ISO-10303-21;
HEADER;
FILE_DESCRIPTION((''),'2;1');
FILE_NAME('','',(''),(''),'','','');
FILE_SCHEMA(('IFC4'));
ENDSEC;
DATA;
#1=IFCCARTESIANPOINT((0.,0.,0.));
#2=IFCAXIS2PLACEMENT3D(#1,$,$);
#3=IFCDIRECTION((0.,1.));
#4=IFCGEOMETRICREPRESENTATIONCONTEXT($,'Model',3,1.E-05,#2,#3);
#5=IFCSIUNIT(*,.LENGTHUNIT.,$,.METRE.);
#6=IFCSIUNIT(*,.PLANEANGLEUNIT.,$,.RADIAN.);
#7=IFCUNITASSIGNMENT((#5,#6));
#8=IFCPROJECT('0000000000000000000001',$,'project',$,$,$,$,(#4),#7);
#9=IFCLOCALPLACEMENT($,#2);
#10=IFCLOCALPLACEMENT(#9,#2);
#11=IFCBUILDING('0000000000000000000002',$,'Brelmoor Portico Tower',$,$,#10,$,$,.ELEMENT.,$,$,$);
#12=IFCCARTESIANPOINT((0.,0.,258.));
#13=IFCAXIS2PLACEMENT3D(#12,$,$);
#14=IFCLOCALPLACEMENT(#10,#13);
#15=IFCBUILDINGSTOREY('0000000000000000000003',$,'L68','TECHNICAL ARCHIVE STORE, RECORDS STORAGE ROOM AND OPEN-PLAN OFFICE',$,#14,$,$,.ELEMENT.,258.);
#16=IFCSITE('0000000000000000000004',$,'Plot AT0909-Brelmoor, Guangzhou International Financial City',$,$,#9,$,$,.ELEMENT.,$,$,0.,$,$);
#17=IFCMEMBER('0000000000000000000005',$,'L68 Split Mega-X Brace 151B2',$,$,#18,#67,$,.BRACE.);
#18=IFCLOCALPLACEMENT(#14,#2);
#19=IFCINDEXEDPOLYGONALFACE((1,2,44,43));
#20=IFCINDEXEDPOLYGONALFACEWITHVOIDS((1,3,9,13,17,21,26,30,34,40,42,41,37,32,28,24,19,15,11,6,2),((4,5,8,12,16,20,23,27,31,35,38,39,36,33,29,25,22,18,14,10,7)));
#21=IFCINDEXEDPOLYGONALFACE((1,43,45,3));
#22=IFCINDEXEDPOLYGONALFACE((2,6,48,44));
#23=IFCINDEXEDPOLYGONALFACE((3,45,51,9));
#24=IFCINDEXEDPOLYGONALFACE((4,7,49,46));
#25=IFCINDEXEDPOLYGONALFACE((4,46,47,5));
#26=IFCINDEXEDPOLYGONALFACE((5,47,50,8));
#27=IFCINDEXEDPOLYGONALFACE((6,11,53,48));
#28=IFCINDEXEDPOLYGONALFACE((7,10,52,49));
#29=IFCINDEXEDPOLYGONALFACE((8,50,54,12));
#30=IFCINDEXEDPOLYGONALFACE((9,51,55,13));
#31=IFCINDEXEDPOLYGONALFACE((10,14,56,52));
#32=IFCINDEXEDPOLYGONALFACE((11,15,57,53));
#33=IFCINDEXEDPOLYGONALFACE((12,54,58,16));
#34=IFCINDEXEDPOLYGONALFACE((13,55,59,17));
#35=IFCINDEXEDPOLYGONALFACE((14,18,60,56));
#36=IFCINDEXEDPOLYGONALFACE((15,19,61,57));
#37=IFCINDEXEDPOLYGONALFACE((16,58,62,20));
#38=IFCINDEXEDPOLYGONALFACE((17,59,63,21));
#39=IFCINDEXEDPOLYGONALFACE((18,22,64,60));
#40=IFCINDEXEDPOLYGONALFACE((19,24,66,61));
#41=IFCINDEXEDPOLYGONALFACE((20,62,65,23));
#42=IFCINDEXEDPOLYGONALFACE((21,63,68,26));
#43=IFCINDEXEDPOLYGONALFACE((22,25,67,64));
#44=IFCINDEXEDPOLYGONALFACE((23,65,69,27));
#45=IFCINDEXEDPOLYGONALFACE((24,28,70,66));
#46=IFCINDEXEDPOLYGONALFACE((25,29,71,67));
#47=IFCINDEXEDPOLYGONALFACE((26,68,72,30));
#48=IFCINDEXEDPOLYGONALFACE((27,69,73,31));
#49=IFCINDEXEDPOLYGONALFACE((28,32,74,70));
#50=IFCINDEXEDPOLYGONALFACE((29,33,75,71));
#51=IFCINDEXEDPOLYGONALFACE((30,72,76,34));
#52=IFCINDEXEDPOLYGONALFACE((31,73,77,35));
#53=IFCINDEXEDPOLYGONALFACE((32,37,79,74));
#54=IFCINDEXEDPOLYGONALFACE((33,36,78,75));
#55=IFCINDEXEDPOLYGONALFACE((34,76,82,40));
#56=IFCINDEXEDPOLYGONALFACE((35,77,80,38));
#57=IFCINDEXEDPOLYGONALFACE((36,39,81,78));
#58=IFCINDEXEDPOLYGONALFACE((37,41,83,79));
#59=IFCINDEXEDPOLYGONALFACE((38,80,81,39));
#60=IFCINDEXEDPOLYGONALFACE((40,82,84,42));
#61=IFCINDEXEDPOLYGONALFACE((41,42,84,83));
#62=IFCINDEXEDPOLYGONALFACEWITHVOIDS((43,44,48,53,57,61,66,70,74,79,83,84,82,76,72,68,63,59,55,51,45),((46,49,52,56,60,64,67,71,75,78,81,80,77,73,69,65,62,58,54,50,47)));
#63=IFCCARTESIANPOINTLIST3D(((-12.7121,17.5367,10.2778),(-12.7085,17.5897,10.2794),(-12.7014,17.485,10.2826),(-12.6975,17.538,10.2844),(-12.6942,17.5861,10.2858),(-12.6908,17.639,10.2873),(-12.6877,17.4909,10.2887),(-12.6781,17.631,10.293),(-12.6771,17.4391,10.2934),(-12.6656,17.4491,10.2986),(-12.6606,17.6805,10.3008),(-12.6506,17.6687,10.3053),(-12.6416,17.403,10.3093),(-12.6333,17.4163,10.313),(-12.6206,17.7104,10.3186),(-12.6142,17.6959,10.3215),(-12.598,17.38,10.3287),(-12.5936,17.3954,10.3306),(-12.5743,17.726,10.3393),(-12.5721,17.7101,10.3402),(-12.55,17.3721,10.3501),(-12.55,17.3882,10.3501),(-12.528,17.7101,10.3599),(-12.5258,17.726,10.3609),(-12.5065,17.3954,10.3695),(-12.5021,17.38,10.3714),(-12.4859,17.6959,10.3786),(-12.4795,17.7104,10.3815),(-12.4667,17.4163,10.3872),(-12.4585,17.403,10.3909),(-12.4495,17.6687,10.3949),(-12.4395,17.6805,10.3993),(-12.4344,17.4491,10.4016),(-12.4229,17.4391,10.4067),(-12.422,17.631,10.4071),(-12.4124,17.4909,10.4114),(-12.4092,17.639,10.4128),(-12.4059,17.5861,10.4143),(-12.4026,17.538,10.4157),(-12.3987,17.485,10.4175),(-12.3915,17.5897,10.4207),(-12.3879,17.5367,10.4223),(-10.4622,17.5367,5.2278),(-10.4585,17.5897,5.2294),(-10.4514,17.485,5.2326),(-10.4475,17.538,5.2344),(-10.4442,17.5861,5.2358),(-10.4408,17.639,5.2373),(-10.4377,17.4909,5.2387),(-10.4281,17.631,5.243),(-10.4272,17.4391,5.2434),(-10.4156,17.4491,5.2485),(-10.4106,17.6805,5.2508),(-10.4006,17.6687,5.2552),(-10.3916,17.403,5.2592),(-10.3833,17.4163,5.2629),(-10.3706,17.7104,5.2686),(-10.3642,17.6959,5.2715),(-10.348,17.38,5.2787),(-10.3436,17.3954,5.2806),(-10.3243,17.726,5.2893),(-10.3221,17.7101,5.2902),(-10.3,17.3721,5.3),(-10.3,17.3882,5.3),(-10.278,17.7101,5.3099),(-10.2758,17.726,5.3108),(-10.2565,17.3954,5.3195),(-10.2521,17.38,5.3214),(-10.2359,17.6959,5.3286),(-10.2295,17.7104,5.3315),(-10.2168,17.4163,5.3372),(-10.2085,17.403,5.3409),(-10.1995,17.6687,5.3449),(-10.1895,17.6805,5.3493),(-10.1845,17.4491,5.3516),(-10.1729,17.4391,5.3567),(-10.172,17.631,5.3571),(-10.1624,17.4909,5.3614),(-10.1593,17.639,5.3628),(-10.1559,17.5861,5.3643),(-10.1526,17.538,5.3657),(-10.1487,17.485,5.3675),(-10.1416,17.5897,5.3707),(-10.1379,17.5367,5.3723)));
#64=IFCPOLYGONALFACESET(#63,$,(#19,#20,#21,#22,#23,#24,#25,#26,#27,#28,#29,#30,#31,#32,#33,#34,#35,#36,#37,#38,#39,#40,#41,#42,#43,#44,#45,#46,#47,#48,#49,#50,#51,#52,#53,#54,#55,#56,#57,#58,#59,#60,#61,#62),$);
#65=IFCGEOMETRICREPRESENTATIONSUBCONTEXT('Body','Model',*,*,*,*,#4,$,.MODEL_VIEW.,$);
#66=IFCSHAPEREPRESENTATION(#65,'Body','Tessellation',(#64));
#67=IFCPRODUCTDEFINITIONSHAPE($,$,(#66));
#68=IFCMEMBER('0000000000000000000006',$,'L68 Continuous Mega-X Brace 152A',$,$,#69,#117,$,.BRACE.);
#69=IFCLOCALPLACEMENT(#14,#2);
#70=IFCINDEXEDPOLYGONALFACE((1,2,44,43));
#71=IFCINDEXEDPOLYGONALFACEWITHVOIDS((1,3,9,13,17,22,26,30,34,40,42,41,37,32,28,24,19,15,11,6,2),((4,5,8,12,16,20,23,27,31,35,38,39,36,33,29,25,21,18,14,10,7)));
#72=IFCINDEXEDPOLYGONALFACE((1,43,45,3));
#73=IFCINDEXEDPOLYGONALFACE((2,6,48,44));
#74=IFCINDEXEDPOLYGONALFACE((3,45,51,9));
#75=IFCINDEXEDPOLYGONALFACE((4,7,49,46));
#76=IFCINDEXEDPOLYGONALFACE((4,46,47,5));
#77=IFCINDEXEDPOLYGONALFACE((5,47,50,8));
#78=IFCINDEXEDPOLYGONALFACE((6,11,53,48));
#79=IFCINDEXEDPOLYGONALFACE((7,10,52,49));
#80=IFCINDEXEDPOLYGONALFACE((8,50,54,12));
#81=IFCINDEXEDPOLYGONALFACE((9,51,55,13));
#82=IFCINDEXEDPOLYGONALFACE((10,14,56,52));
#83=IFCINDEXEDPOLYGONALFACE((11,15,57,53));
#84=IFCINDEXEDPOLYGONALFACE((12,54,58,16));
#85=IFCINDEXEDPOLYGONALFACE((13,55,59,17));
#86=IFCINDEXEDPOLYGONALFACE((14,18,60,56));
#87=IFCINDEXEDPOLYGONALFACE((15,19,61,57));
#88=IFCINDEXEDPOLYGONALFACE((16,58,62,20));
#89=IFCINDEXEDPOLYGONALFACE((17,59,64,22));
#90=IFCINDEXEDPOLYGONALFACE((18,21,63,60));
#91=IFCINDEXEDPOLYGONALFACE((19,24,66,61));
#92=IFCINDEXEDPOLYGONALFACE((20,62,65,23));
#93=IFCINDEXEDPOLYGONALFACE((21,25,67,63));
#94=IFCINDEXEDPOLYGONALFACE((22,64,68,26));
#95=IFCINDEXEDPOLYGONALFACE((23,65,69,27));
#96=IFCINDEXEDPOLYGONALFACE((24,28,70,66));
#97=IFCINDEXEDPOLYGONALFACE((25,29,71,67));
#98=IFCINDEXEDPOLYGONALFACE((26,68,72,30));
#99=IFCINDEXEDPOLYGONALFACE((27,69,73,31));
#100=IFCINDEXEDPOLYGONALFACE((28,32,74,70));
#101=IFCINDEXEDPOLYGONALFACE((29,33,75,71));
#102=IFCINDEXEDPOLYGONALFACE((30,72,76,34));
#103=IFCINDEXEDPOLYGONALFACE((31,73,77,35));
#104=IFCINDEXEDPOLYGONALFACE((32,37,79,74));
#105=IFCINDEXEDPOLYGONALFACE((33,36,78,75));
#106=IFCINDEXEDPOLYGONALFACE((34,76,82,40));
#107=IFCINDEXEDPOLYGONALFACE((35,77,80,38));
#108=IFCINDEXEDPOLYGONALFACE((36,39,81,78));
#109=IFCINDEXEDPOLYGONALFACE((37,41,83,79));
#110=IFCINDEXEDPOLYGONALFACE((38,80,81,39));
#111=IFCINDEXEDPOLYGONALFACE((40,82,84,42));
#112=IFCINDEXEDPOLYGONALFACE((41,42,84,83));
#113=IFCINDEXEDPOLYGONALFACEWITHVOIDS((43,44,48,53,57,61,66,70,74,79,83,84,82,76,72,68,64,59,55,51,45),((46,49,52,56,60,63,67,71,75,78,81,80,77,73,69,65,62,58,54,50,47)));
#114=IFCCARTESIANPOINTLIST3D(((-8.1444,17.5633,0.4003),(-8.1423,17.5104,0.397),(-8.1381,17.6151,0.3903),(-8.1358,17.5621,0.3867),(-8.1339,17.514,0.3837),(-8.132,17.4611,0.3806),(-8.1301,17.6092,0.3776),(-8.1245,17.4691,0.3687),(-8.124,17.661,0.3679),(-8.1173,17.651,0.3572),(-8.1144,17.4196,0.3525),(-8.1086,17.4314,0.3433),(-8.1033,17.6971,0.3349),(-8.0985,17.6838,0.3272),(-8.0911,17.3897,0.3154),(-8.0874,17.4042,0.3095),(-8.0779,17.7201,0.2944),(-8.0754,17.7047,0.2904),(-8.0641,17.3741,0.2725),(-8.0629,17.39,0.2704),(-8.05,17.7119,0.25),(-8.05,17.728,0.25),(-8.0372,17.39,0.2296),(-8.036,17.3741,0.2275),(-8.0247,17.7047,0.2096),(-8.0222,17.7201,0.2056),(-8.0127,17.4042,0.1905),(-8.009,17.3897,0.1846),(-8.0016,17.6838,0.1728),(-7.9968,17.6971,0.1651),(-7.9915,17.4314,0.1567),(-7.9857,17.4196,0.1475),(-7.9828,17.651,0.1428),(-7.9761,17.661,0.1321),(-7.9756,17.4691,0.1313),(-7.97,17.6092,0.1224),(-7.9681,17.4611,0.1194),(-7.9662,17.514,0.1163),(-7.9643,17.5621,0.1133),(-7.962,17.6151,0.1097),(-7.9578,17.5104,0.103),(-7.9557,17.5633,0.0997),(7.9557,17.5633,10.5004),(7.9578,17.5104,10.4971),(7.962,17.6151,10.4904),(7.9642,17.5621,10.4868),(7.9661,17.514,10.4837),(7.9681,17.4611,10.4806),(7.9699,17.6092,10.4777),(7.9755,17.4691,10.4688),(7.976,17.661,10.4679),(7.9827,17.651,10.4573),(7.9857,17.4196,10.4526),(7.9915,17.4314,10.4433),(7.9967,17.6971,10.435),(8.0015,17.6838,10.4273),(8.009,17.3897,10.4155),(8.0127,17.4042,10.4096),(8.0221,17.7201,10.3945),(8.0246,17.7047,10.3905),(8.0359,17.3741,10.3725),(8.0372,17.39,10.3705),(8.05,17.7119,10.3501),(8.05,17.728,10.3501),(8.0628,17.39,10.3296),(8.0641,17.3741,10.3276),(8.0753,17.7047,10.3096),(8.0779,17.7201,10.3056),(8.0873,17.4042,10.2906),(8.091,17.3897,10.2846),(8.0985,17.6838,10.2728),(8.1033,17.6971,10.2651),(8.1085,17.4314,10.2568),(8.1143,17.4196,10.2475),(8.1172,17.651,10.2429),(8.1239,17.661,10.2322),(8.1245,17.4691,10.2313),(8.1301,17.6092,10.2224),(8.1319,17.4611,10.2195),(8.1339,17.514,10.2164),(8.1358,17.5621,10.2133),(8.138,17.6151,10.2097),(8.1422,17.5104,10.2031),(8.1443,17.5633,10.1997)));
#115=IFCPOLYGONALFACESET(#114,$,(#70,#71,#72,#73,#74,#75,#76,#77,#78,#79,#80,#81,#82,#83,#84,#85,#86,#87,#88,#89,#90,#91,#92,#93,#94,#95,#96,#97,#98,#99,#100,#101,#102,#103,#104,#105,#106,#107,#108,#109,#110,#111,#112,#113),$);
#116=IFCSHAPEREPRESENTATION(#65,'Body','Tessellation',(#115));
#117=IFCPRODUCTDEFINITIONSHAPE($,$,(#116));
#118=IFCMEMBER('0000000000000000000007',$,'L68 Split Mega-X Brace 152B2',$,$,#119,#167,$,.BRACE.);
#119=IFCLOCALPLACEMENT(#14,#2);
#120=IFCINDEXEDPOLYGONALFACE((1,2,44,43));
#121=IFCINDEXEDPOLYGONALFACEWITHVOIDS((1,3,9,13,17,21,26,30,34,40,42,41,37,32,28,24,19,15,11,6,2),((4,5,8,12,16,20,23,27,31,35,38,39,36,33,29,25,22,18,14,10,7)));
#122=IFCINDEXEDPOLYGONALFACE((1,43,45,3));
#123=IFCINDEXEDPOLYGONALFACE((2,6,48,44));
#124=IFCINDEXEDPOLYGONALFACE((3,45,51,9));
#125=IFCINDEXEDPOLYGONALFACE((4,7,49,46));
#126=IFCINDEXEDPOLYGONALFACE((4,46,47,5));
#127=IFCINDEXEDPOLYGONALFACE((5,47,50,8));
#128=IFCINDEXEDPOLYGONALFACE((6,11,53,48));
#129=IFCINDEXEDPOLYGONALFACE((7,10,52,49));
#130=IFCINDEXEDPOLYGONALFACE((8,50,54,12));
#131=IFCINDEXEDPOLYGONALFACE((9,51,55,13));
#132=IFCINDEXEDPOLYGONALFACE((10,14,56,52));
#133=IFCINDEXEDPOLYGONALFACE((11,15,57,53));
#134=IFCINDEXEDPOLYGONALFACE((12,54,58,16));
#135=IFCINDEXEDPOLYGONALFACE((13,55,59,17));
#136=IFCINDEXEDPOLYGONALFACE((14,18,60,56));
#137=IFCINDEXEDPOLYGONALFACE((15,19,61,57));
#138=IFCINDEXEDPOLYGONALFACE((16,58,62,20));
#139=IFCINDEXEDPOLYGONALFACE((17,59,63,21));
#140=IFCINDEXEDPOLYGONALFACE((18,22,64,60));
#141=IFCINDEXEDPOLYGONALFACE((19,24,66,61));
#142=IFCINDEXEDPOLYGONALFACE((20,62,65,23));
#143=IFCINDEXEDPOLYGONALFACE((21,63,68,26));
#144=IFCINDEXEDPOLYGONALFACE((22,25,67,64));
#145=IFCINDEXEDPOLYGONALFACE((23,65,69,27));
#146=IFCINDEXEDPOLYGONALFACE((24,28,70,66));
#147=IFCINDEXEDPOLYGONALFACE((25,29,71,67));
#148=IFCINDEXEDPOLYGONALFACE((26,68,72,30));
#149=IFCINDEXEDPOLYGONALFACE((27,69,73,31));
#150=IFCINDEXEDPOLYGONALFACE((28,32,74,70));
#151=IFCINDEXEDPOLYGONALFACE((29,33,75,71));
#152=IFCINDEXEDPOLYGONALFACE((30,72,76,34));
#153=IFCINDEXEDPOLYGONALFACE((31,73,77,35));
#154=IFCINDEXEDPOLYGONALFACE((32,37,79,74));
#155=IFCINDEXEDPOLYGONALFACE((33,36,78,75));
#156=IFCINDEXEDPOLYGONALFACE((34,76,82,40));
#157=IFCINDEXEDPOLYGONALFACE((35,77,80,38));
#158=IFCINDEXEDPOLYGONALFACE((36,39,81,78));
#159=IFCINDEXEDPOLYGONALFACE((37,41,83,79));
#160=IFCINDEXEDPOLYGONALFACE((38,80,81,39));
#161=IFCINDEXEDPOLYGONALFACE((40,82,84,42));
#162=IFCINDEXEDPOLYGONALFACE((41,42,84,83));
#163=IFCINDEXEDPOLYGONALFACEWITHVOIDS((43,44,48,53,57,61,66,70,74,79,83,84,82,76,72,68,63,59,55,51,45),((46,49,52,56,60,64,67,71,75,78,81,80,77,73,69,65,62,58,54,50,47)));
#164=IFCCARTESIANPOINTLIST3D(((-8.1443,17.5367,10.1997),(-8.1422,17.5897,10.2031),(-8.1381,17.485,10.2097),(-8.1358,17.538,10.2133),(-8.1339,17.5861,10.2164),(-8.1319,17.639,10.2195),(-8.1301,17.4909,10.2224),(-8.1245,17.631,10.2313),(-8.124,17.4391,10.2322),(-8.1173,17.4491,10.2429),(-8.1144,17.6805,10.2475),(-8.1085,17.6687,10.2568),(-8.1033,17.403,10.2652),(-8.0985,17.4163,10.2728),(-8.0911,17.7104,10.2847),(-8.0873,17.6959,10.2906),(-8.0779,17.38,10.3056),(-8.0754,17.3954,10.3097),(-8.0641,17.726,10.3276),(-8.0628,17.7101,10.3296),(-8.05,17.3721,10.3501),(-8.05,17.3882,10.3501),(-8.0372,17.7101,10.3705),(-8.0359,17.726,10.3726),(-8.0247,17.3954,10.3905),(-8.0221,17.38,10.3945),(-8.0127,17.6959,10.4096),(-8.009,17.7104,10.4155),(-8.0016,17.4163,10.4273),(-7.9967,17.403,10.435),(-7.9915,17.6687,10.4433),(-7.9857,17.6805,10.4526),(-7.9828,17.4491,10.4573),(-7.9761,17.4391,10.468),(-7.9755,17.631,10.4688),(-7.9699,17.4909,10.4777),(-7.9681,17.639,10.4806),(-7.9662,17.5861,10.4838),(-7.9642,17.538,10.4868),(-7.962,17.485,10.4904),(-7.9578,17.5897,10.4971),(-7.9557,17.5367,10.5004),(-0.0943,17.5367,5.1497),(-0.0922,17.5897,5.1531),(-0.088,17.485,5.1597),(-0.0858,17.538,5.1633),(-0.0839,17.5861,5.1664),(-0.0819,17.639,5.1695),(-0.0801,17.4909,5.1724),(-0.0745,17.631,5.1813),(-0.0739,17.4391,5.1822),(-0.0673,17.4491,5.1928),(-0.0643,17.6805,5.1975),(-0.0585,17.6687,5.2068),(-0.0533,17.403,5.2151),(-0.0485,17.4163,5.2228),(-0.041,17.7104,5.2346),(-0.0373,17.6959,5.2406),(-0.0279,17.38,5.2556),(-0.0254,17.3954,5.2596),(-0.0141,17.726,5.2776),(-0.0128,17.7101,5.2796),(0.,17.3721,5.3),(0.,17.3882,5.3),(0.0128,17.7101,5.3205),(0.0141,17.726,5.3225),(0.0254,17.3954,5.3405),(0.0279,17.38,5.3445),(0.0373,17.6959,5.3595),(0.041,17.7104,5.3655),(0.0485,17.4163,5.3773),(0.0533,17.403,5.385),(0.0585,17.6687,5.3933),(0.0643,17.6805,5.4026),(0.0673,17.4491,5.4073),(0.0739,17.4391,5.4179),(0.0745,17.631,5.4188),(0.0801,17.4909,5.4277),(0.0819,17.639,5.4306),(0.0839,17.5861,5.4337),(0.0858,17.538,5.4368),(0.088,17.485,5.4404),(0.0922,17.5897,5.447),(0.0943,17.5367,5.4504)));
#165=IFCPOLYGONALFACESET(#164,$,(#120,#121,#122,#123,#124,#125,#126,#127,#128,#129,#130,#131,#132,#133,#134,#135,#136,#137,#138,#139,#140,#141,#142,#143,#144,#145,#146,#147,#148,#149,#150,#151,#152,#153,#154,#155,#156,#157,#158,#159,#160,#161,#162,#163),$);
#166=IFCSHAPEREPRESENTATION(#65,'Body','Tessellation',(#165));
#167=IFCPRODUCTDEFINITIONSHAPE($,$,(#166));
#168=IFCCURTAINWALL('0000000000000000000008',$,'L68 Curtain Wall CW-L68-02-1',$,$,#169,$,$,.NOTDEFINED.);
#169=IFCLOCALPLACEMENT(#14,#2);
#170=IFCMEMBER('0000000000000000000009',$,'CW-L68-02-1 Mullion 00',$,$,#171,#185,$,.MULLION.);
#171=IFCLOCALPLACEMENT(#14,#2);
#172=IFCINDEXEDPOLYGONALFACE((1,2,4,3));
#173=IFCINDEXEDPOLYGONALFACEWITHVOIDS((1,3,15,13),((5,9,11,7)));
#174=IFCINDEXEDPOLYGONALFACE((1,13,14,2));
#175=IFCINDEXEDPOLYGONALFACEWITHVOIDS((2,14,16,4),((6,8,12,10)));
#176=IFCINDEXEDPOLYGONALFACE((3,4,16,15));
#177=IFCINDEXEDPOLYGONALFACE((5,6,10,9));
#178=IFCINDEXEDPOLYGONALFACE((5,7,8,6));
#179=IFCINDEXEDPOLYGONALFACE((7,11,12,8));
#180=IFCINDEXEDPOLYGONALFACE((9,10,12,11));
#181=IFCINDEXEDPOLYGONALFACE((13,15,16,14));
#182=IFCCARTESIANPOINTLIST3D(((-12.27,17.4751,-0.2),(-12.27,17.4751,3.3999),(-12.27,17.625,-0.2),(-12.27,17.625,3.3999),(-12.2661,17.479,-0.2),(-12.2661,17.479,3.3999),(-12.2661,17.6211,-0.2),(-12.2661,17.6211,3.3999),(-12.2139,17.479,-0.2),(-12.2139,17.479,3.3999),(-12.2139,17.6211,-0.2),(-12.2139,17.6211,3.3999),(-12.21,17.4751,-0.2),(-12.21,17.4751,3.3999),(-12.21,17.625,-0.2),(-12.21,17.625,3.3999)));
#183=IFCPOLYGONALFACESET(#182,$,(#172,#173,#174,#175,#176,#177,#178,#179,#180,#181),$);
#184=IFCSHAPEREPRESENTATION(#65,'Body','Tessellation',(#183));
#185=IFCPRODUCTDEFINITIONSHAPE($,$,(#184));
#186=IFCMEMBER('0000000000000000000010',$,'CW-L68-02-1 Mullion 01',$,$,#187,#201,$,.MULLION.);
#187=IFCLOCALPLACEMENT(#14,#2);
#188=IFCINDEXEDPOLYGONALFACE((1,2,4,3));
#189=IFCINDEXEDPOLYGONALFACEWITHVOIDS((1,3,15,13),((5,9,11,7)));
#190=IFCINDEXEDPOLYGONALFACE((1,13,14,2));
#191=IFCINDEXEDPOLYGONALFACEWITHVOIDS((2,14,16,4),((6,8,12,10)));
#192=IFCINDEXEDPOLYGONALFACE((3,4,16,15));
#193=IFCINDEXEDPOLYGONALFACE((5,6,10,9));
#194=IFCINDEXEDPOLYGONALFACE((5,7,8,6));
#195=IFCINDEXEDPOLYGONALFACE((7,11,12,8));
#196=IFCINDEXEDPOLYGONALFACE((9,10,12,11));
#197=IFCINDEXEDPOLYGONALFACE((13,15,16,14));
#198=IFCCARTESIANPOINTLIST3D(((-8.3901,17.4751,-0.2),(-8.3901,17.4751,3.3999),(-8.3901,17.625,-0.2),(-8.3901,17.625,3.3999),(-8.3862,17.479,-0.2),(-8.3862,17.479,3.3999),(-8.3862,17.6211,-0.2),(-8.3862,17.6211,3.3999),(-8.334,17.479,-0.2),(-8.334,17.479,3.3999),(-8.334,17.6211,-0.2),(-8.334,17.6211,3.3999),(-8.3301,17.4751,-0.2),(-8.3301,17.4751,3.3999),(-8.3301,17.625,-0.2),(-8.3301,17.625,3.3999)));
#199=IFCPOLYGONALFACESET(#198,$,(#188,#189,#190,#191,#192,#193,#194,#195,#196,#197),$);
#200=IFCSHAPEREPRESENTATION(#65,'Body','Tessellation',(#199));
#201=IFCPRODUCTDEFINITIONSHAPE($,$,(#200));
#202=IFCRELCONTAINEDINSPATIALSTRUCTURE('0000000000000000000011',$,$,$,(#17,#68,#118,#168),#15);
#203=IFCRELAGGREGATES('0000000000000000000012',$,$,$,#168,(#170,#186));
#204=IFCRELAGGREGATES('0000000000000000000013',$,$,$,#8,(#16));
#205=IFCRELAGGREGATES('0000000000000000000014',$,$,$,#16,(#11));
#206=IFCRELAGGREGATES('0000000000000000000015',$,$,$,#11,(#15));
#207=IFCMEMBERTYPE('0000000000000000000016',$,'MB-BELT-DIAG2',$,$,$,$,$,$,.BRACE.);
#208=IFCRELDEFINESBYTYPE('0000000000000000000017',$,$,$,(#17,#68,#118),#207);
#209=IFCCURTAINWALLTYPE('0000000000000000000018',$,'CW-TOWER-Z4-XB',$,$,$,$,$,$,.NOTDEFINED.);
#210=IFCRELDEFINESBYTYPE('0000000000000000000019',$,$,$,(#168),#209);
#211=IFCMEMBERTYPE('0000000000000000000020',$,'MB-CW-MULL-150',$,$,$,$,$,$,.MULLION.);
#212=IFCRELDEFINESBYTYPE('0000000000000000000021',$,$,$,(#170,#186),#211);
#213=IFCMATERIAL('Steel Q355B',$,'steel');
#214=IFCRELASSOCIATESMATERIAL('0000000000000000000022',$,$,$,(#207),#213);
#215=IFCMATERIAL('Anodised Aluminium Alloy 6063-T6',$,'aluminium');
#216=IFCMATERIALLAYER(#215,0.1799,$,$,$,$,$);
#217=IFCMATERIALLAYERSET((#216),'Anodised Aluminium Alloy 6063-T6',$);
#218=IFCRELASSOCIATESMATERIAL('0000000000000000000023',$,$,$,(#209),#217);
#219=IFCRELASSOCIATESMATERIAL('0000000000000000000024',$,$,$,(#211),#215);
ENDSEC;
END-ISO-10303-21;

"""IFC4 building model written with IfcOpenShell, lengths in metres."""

from ifc_helpers import new_model, si_unit, direction, frame, origin, origin_2d, place, context, subcontext, project, spatial, hollow_rectangle, hollow_circle, extrude, material, layer, layer_set, material_profile, profile_set, type_object, element, aggregate, save


model = new_model("IFC4")

# Units and contexts
model_context = context("Model", 3, precision=1e-05, world=origin(), true_north=direction((0.0, 1.0)))
body_context = subcontext(model_context, "Body", "Model", "MODEL_VIEW")
ifc_project = project(units=[si_unit("LENGTHUNIT", "METRE"), si_unit("PLANEANGLEUNIT", "RADIAN")], contexts=[model_context])

# Site, building, storey
site_placement = place(None, origin())
site = spatial("IfcSite", under=ifc_project, at=site_placement, Name="Plot AT0909-Brelmoor, Guangzhou International Financial City", CompositionType="ELEMENT", RefElevation=0.0)
building_placement = place(site_placement, origin())
building = spatial("IfcBuilding", under=site, at=building_placement, Name="Brelmoor Portico Tower", CompositionType="ELEMENT")
storey_placement = place(building_placement, frame((0.0, 0.0, 258.0)))
storey = spatial("IfcBuildingStorey", under=building, at=storey_placement, Name="L68", Description="TECHNICAL ARCHIVE STORE, RECORDS STORAGE ROOM AND OPEN-PLAN OFFICE", CompositionType="ELEMENT", Elevation=258.0)

# Shared definitions
ifc_material_1 = material(Name="Steel Q355B", Category="steel")

# Members
ifc_material_profile_1 = material_profile(ifc_material_1, hollow_circle(Radius=0.178, WallThickness=0.0161, at=origin_2d()), Name="CHS 356x16")
ifc_profile_set_1 = profile_set([ifc_material_profile_1], Name="Steel Q355B")
member_type_1 = type_object("IfcMemberType", Name="MB-BELT-DIAG2", PredefinedType="BRACE", material=ifc_profile_set_1)
for number, where, z_axis, x_axis, name in (
    (1, (-10.3, 17.55, 5.3), (-0.406974, 0.0, 0.91344), (0.0, -1.0, 0.0), "L68 Split Mega-X Brace 151B2"),
):
    element("IfcMember", number, at=place(storey_placement, frame(where, z_axis=z_axis, x_axis=x_axis)), inside=storey, type_object=member_type_1, Name=name, PredefinedType="BRACE", context=body_context, shape_type="SweptSolid", body=[
        extrude(hollow_circle(Radius=0.178, WallThickness=0.0161, at=origin_2d()), origin(), (0.0, 0.0, 1.0), 5.5286),
    ])
member_1_placement = place(storey_placement, frame((-8.05, 17.55, 0.25), z_axis=(0.847109, 0.0, 0.531418), x_axis=(0.0, 1.0, 0.0)))
element("IfcMember", 2, at=member_1_placement, inside=storey, type_object=member_type_1, Name="L68 Continuous Mega-X Brace 152A", PredefinedType="BRACE", context=body_context, shape_type="SweptSolid", body=[
    extrude(hollow_circle(Radius=0.178, WallThickness=0.0161, at=origin_2d()), origin(), (0.0, 0.0, 1.0), 19.0059),
])
member_2_placement = place(storey_placement, frame((0.0, 17.55, 5.3), z_axis=(-0.847109, 0.0, 0.531418), x_axis=(0.0, -1.0, 0.0)))
element("IfcMember", 3, at=member_2_placement, inside=storey, type_object=member_type_1, Name="L68 Split Mega-X Brace 152B2", PredefinedType="BRACE", context=body_context, shape_type="SweptSolid", body=[
    extrude(hollow_circle(Radius=0.178, WallThickness=0.0161, at=origin_2d()), origin(), (0.0, 0.0, 1.0), 9.5029),
])

# Curtain wall, members
ifc_material_2 = material(Name="Anodised Aluminium Alloy 6063-T6", Category="aluminium")
ifc_layer_1 = layer(ifc_material_2, 0.1799)
ifc_layer_set_1 = layer_set([ifc_layer_1], Name="Anodised Aluminium Alloy 6063-T6")
curtain_wall_type = type_object("IfcCurtainWallType", Name="CW-TOWER-Z4-XB", PredefinedType="NOTDEFINED", material=ifc_layer_set_1)
curtain_wall_1_placement = place(storey_placement, origin())
curtain_wall_1 = element("IfcCurtainWall", 4, at=curtain_wall_1_placement, inside=storey, type_object=curtain_wall_type, Name="L68 Curtain Wall CW-L68-02-1", PredefinedType="NOTDEFINED")
ifc_material_profile_2 = material_profile(ifc_material_2, hollow_rectangle(XDim=0.0601, YDim=0.1499, WallThickness=0.0039, at=origin_2d()), Name="ALU MULLION 60x150")
ifc_profile_set_2 = profile_set([ifc_material_profile_2], Name="Anodised Aluminium Alloy 6063-T6")
member_type_2 = type_object("IfcMemberType", Name="MB-CW-MULL-150", PredefinedType="MULLION", material=ifc_profile_set_2)
member_3_placement = place(storey_placement, frame((-12.24, 17.55, -0.2), z_axis=(0.0, 0.0, 1.0), x_axis=(1.0, 0.0, 0.0)))
member_3 = element("IfcMember", 5, at=member_3_placement, type_object=member_type_2, Name="CW-L68-02-1 Mullion 00", PredefinedType="MULLION", context=body_context, shape_type="SweptSolid", body=[
    extrude(hollow_rectangle(XDim=0.0601, YDim=0.1499, WallThickness=0.0039, at=origin_2d()), origin(), (0.0, 0.0, 1.0), 3.5999),
])
member_4_placement = place(storey_placement, frame((-8.3601, 17.55, -0.2), z_axis=(0.0, 0.0, 1.0), x_axis=(1.0, 0.0, 0.0)))
member_4 = element("IfcMember", 6, at=member_4_placement, type_object=member_type_2, Name="CW-L68-02-1 Mullion 01", PredefinedType="MULLION", context=body_context, shape_type="SweptSolid", body=[
    extrude(hollow_rectangle(XDim=0.0601, YDim=0.1499, WallThickness=0.0039, at=origin_2d()), origin(), (0.0, 0.0, 1.0), 3.5999),
])

aggregate(curtain_wall_1, [member_3, member_4])

save(model, "model.ifc")
